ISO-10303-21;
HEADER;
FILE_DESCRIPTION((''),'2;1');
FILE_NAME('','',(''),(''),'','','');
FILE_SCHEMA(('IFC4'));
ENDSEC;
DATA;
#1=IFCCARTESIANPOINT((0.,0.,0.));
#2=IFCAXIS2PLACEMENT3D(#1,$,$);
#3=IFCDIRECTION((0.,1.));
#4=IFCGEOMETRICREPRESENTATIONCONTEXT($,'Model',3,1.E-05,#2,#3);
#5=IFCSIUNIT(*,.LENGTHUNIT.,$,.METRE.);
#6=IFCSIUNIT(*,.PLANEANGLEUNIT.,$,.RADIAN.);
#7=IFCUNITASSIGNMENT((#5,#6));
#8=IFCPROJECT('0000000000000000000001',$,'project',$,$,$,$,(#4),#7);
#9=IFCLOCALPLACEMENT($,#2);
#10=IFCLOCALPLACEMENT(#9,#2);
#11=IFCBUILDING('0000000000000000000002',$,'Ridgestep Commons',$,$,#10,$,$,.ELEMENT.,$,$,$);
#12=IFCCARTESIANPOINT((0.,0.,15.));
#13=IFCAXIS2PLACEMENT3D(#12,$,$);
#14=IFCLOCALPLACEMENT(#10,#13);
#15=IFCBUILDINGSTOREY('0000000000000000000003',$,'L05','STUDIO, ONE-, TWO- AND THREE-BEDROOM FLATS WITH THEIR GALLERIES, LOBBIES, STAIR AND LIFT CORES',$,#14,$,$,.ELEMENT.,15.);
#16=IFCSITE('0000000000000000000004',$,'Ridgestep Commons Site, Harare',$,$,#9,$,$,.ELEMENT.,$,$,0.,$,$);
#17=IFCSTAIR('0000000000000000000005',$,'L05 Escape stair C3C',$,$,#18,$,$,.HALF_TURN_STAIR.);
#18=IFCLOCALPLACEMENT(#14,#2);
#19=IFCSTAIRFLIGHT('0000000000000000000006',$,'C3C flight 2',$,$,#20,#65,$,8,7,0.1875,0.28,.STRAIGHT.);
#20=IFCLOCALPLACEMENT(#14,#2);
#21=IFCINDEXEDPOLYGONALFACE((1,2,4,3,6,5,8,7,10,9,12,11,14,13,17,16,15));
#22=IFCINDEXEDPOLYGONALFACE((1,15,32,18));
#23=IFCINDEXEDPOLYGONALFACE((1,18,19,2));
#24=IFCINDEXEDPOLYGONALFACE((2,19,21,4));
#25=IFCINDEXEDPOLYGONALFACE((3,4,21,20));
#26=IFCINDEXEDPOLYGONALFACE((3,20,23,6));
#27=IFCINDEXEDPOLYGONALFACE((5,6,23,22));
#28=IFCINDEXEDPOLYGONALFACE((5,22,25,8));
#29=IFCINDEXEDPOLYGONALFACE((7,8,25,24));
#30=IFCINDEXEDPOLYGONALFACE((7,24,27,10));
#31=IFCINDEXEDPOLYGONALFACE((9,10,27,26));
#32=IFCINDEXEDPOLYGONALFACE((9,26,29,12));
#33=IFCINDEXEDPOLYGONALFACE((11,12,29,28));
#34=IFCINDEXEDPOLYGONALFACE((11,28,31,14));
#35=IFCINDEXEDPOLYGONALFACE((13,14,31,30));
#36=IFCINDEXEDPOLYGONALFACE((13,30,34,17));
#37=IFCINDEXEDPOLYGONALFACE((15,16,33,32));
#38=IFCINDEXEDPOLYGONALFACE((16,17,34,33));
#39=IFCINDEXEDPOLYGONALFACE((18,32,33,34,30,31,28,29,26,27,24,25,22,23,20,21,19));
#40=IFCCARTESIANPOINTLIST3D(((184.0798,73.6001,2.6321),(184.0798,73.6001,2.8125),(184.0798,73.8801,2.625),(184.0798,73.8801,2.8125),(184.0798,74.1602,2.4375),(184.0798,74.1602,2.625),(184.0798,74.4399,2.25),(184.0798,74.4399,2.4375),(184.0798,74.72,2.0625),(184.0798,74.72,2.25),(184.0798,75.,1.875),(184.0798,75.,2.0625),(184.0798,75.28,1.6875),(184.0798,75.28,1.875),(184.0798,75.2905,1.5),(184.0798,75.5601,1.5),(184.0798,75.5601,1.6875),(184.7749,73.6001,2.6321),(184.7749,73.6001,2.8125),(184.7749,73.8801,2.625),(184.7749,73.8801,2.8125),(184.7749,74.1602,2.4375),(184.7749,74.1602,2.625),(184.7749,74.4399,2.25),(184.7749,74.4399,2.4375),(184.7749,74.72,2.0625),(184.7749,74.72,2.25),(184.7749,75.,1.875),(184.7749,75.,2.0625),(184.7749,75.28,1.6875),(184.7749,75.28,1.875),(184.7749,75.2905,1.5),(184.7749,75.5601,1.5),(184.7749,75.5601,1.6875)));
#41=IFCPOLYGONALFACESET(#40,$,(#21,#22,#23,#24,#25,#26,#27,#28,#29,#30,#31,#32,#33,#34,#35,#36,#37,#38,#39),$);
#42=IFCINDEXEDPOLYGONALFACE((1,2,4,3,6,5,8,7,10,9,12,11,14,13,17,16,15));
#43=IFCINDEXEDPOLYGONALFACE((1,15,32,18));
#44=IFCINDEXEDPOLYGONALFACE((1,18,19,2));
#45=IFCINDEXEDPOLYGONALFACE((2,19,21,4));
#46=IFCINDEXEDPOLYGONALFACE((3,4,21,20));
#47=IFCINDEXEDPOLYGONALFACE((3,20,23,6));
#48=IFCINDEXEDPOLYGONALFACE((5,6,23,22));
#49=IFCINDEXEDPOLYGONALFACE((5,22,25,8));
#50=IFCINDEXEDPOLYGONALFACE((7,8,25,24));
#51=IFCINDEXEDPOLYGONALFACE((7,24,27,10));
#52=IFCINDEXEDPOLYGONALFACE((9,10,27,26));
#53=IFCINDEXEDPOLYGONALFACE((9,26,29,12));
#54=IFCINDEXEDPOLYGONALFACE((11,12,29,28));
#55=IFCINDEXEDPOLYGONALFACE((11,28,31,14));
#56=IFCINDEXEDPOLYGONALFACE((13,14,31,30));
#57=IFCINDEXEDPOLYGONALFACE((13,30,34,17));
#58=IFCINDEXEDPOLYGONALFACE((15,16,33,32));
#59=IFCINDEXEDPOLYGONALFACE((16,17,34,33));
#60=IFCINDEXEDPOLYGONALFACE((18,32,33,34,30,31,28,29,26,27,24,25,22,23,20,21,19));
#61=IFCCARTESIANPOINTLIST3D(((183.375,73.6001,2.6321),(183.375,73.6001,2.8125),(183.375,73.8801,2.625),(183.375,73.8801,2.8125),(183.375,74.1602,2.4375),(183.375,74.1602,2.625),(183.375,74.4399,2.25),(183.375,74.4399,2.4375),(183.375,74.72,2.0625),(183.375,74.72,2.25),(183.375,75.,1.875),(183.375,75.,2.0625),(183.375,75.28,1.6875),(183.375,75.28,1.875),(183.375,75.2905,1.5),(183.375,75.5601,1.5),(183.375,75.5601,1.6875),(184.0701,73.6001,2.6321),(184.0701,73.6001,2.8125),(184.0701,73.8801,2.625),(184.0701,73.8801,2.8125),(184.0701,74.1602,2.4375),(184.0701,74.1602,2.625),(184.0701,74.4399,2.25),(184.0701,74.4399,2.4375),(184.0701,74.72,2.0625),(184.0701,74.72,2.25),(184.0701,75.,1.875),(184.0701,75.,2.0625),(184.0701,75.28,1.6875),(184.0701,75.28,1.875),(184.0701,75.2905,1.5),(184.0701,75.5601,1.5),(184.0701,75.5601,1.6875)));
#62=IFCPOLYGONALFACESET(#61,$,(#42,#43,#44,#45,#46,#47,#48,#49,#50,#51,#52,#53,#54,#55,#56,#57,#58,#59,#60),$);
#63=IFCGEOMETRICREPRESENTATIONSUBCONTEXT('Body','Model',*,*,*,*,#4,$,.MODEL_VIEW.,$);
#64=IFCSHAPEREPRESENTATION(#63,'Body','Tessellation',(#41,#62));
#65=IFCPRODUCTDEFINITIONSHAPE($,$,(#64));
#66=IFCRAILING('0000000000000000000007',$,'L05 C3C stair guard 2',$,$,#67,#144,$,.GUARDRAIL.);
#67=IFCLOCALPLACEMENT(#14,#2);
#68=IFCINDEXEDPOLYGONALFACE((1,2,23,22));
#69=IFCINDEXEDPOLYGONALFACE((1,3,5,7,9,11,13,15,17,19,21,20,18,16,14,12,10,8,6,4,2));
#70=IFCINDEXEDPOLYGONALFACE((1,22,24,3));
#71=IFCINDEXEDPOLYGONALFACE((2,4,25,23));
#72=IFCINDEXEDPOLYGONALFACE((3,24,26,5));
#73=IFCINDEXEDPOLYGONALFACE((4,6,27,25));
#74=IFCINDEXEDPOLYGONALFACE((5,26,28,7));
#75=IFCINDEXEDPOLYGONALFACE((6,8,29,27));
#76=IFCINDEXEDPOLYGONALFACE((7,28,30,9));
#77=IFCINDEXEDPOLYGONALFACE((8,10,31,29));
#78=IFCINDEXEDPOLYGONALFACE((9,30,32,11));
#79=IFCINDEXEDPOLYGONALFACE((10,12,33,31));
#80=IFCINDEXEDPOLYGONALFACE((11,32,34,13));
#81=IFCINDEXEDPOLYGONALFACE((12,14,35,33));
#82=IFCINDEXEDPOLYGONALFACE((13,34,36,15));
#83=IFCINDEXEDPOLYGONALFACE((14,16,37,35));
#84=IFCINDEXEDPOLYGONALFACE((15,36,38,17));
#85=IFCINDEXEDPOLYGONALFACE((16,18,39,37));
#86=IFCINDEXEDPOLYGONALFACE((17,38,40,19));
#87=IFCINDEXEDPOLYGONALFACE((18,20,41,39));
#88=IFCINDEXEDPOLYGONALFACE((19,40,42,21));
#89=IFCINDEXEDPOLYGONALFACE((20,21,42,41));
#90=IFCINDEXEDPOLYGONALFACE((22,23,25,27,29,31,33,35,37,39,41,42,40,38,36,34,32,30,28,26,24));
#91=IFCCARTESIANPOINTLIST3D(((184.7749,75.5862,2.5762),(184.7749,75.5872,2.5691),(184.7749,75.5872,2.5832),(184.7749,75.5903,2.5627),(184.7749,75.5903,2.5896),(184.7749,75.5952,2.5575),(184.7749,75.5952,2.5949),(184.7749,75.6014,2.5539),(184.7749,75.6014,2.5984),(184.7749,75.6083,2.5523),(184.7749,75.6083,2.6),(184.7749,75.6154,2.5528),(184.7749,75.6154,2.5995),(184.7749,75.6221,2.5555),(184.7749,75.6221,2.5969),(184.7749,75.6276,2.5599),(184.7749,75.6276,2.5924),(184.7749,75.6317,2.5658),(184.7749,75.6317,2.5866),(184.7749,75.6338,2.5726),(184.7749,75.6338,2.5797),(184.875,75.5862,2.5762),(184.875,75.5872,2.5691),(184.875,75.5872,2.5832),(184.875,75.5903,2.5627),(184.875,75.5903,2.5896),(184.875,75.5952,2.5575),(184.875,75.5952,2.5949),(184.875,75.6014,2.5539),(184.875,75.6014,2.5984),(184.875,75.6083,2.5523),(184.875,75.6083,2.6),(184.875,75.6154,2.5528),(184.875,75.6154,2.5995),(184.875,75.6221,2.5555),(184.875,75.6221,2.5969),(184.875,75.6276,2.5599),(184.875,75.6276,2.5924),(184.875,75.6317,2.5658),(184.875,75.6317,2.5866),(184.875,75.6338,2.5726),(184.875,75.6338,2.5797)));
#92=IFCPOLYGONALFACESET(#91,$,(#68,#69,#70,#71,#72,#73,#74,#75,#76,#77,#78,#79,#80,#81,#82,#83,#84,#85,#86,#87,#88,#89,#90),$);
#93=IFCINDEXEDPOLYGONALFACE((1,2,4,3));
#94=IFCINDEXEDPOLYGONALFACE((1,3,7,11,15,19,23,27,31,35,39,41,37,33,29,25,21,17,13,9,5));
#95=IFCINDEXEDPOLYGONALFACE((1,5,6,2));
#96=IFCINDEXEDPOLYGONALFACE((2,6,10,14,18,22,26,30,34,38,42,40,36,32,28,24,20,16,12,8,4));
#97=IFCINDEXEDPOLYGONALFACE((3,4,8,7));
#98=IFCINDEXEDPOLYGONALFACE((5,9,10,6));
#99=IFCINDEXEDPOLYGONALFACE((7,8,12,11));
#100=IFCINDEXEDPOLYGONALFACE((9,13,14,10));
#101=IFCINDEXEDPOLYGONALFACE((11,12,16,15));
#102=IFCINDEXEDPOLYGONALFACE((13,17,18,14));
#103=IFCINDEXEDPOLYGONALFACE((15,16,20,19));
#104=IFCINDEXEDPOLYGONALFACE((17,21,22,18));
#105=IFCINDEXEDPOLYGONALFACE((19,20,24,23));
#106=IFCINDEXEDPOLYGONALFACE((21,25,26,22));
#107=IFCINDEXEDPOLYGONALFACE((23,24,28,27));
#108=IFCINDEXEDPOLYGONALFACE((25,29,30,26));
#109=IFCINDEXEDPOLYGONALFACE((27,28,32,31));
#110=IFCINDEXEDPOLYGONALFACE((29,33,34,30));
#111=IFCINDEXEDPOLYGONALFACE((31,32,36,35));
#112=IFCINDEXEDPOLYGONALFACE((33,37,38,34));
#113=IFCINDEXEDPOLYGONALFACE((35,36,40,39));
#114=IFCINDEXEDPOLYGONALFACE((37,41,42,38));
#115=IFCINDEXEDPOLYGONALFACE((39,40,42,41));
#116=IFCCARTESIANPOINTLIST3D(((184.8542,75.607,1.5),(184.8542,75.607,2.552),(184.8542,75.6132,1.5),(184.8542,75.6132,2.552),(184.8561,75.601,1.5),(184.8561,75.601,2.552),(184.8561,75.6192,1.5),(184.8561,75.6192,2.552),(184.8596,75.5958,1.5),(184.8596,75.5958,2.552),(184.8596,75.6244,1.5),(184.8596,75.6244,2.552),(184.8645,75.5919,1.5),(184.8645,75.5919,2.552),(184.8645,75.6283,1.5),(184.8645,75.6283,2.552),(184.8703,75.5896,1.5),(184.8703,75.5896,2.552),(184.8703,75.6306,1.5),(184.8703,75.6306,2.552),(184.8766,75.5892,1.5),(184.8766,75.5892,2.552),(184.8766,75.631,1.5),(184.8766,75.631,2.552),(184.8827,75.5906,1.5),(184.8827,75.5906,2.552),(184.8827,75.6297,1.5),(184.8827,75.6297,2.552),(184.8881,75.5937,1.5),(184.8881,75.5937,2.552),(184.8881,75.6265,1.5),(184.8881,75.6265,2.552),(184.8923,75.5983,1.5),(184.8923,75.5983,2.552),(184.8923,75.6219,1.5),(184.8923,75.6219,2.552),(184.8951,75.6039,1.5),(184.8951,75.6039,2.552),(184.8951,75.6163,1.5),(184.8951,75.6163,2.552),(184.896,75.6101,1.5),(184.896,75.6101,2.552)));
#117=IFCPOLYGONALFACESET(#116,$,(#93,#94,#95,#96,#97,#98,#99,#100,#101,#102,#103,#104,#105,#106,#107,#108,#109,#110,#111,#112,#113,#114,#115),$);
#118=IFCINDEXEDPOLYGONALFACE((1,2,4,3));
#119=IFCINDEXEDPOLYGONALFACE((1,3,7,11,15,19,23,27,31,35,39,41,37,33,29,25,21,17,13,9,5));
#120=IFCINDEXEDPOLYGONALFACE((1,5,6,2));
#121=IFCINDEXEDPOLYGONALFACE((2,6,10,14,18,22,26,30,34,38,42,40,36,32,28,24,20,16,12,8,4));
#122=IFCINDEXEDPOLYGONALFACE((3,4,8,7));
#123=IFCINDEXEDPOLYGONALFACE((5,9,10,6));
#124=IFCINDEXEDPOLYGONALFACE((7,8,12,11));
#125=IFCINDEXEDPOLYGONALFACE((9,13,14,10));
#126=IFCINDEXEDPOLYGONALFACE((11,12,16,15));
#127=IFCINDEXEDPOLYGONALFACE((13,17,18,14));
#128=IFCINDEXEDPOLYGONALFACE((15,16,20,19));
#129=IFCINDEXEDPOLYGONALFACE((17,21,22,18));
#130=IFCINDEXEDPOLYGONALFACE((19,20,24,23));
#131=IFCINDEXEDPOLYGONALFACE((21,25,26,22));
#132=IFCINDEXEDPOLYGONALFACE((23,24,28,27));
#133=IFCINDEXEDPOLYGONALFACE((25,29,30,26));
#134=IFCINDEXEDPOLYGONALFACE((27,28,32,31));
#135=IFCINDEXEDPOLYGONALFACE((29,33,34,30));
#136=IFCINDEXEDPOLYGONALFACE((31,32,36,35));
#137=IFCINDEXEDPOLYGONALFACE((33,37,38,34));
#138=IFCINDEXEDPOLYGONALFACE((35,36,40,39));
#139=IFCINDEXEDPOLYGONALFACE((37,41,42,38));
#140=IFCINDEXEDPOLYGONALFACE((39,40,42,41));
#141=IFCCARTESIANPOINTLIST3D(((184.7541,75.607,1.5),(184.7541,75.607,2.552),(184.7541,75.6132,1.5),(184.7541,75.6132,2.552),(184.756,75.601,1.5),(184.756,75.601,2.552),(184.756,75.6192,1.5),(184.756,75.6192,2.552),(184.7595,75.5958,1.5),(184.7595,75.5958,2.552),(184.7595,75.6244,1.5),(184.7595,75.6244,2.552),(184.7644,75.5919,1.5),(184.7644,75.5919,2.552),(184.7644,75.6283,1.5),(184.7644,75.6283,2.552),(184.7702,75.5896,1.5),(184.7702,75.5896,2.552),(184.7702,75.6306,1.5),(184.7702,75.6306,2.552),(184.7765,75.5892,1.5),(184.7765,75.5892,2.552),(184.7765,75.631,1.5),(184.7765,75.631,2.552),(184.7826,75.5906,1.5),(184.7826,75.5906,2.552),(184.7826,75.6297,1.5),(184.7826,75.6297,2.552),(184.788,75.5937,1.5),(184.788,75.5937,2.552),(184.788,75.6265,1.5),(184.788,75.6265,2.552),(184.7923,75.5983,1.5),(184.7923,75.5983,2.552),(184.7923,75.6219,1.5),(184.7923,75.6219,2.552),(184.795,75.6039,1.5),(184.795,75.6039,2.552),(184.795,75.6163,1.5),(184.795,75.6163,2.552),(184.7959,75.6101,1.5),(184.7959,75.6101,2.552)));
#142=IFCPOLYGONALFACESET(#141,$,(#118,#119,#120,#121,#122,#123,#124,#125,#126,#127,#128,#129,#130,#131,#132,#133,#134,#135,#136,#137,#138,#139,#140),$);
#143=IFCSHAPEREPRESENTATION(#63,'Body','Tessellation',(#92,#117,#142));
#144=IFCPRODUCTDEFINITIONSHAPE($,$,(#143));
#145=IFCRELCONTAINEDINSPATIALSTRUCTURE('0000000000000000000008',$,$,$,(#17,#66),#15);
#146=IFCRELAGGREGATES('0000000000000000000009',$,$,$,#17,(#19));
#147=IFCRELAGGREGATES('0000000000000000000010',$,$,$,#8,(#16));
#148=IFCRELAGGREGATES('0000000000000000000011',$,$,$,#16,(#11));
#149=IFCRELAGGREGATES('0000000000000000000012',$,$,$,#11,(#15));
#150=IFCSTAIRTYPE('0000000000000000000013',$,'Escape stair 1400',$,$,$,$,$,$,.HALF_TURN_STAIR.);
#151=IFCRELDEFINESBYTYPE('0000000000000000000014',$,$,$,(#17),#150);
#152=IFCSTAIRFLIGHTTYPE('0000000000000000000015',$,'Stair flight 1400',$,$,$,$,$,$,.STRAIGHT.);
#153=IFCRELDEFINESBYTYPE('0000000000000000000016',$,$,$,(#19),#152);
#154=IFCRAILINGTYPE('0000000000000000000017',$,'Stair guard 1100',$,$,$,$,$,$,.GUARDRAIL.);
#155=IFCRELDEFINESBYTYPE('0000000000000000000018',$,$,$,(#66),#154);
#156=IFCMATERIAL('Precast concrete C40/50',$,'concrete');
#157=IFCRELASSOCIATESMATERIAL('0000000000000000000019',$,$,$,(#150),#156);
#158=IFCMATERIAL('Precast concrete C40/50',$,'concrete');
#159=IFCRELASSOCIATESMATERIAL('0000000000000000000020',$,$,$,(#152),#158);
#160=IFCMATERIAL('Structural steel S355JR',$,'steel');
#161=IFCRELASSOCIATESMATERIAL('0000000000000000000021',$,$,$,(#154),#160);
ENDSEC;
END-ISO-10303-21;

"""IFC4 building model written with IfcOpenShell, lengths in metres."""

from ifc_helpers import new_model, si_unit, direction, frame, origin, origin_2d, place, context, subcontext, project, spatial, polyline, circle, outline, extrude, material, type_object, element, aggregate, save


model = new_model("IFC4")

# Units and contexts
model_context = context("Model", 3, precision=1e-05, world=origin(), true_north=direction((0.0, 1.0)))
body_context = subcontext(model_context, "Body", "Model", "MODEL_VIEW")
ifc_project = project(units=[si_unit("LENGTHUNIT", "METRE"), si_unit("PLANEANGLEUNIT", "RADIAN")], contexts=[model_context])

# Site, building, storey
site_placement = place(None, origin())
site = spatial("IfcSite", under=ifc_project, at=site_placement, Name="Ridgestep Commons Site, Harare", CompositionType="ELEMENT", RefElevation=0.0)
building_placement = place(site_placement, origin())
building = spatial("IfcBuilding", under=site, at=building_placement, Name="Ridgestep Commons", CompositionType="ELEMENT")
storey_placement = place(building_placement, frame((0.0, 0.0, 15.0)))
storey = spatial("IfcBuildingStorey", under=building, at=storey_placement, Name="L05", Description="STUDIO, ONE-, TWO- AND THREE-BEDROOM FLATS WITH THEIR GALLERIES, LOBBIES, STAIR AND LIFT CORES", CompositionType="ELEMENT", Elevation=15.0)

# Stair, stair flight
ifc_material_1 = material(Name="Precast concrete C40/50", Category="concrete")
stair_type = type_object("IfcStairType", Name="Escape stair 1400", PredefinedType="HALF_TURN_STAIR", material=ifc_material_1)
stair_placement = place(storey_placement, origin())
stair = element("IfcStair", 1, at=stair_placement, inside=storey, type_object=stair_type, Name="L05 Escape stair C3C", PredefinedType="HALF_TURN_STAIR")
ifc_material_2 = material(Name="Precast concrete C40/50", Category="concrete")
stair_flight_type = type_object("IfcStairFlightType", Name="Stair flight 1400", PredefinedType="STRAIGHT", material=ifc_material_2)
stair_flight_placement = place(storey_placement, frame((184.075, 75.5601, 1.5), z_axis=(0.0, 0.0, 1.0), x_axis=(0.0, -1.0, 0.0)))
stair_flight = element("IfcStairFlight", 2, at=stair_flight_placement, type_object=stair_flight_type, Name="C3C flight 2", NumberOfRisers=8, NumberOfTreads=7, PredefinedType="STRAIGHT", RiserHeight=0.1875, TreadLength=0.28, context=body_context, shape_type="SweptSolid", body=[
    extrude(outline(polyline([(0.0, 0.0), (0.0, 0.1875), (0.28, 0.1875), (0.28, 0.375), (0.5601, 0.375), (0.5601, 0.5625), (0.8401, 0.5625), (0.8401, 0.75), (1.1201, 0.75), (1.1201, 0.9375), (1.3999, 0.9375), (1.3999, 1.125), (1.6799, 1.125), (1.6799, 1.3125), (1.96, 1.3125), (1.96, 1.5), (1.96, 1.1321), (0.2695, 0.0), (0.0, 0.0)])), frame((0.0, 0.7, 0.0), z_axis=(0.0, -1.0, 0.0), x_axis=(1.0, 0.0, 0.0)), (0.0, 0.0, 1.0), 0.6951),
    extrude(outline(polyline([(0.0, 0.0), (0.0, 0.1875), (0.28, 0.1875), (0.28, 0.375), (0.5601, 0.375), (0.5601, 0.5625), (0.8401, 0.5625), (0.8401, 0.75), (1.1201, 0.75), (1.1201, 0.9375), (1.3999, 0.9375), (1.3999, 1.125), (1.6799, 1.125), (1.6799, 1.3125), (1.96, 1.3125), (1.96, 1.5), (1.96, 1.1321), (0.2695, 0.0), (0.0, 0.0)])), frame((0.0, -0.0049, 0.0), z_axis=(0.0, -1.0, 0.0), x_axis=(1.0, 0.0, 0.0)), (0.0, 0.0, 1.0), 0.6951),
])
aggregate(stair, [stair_flight])

# Railing
ifc_material_3 = material(Name="Structural steel S355JR", Category="steel")
railing_type = type_object("IfcRailingType", Name="Stair guard 1100", PredefinedType="GUARDRAIL", material=ifc_material_3)
railing_1_placement = place(storey_placement, frame((184.875, 75.6101, 1.5)))
element("IfcRailing", 3, at=railing_1_placement, inside=storey, type_object=railing_type, Name="L05 C3C stair guard 2", PredefinedType="GUARDRAIL", context=body_context, shape_type="SweptSolid", body=[
    extrude(circle(Radius=0.0239, at=origin_2d()), frame((0.0, 0.0, 1.0762), z_axis=(-1.0, 0.0, 0.0), x_axis=(0.0, -1.0, 0.0)), (0.0, 0.0, 1.0), 0.1001),
    extrude(circle(Radius=0.021, at=origin_2d()), origin(), (0.0, 0.0, 1.0), 1.052),
    extrude(circle(Radius=0.021, at=origin_2d()), frame((-0.1001, 0.0, 0.0)), (0.0, 0.0, 1.0), 1.052),
])

save(model, "model.ifc")
